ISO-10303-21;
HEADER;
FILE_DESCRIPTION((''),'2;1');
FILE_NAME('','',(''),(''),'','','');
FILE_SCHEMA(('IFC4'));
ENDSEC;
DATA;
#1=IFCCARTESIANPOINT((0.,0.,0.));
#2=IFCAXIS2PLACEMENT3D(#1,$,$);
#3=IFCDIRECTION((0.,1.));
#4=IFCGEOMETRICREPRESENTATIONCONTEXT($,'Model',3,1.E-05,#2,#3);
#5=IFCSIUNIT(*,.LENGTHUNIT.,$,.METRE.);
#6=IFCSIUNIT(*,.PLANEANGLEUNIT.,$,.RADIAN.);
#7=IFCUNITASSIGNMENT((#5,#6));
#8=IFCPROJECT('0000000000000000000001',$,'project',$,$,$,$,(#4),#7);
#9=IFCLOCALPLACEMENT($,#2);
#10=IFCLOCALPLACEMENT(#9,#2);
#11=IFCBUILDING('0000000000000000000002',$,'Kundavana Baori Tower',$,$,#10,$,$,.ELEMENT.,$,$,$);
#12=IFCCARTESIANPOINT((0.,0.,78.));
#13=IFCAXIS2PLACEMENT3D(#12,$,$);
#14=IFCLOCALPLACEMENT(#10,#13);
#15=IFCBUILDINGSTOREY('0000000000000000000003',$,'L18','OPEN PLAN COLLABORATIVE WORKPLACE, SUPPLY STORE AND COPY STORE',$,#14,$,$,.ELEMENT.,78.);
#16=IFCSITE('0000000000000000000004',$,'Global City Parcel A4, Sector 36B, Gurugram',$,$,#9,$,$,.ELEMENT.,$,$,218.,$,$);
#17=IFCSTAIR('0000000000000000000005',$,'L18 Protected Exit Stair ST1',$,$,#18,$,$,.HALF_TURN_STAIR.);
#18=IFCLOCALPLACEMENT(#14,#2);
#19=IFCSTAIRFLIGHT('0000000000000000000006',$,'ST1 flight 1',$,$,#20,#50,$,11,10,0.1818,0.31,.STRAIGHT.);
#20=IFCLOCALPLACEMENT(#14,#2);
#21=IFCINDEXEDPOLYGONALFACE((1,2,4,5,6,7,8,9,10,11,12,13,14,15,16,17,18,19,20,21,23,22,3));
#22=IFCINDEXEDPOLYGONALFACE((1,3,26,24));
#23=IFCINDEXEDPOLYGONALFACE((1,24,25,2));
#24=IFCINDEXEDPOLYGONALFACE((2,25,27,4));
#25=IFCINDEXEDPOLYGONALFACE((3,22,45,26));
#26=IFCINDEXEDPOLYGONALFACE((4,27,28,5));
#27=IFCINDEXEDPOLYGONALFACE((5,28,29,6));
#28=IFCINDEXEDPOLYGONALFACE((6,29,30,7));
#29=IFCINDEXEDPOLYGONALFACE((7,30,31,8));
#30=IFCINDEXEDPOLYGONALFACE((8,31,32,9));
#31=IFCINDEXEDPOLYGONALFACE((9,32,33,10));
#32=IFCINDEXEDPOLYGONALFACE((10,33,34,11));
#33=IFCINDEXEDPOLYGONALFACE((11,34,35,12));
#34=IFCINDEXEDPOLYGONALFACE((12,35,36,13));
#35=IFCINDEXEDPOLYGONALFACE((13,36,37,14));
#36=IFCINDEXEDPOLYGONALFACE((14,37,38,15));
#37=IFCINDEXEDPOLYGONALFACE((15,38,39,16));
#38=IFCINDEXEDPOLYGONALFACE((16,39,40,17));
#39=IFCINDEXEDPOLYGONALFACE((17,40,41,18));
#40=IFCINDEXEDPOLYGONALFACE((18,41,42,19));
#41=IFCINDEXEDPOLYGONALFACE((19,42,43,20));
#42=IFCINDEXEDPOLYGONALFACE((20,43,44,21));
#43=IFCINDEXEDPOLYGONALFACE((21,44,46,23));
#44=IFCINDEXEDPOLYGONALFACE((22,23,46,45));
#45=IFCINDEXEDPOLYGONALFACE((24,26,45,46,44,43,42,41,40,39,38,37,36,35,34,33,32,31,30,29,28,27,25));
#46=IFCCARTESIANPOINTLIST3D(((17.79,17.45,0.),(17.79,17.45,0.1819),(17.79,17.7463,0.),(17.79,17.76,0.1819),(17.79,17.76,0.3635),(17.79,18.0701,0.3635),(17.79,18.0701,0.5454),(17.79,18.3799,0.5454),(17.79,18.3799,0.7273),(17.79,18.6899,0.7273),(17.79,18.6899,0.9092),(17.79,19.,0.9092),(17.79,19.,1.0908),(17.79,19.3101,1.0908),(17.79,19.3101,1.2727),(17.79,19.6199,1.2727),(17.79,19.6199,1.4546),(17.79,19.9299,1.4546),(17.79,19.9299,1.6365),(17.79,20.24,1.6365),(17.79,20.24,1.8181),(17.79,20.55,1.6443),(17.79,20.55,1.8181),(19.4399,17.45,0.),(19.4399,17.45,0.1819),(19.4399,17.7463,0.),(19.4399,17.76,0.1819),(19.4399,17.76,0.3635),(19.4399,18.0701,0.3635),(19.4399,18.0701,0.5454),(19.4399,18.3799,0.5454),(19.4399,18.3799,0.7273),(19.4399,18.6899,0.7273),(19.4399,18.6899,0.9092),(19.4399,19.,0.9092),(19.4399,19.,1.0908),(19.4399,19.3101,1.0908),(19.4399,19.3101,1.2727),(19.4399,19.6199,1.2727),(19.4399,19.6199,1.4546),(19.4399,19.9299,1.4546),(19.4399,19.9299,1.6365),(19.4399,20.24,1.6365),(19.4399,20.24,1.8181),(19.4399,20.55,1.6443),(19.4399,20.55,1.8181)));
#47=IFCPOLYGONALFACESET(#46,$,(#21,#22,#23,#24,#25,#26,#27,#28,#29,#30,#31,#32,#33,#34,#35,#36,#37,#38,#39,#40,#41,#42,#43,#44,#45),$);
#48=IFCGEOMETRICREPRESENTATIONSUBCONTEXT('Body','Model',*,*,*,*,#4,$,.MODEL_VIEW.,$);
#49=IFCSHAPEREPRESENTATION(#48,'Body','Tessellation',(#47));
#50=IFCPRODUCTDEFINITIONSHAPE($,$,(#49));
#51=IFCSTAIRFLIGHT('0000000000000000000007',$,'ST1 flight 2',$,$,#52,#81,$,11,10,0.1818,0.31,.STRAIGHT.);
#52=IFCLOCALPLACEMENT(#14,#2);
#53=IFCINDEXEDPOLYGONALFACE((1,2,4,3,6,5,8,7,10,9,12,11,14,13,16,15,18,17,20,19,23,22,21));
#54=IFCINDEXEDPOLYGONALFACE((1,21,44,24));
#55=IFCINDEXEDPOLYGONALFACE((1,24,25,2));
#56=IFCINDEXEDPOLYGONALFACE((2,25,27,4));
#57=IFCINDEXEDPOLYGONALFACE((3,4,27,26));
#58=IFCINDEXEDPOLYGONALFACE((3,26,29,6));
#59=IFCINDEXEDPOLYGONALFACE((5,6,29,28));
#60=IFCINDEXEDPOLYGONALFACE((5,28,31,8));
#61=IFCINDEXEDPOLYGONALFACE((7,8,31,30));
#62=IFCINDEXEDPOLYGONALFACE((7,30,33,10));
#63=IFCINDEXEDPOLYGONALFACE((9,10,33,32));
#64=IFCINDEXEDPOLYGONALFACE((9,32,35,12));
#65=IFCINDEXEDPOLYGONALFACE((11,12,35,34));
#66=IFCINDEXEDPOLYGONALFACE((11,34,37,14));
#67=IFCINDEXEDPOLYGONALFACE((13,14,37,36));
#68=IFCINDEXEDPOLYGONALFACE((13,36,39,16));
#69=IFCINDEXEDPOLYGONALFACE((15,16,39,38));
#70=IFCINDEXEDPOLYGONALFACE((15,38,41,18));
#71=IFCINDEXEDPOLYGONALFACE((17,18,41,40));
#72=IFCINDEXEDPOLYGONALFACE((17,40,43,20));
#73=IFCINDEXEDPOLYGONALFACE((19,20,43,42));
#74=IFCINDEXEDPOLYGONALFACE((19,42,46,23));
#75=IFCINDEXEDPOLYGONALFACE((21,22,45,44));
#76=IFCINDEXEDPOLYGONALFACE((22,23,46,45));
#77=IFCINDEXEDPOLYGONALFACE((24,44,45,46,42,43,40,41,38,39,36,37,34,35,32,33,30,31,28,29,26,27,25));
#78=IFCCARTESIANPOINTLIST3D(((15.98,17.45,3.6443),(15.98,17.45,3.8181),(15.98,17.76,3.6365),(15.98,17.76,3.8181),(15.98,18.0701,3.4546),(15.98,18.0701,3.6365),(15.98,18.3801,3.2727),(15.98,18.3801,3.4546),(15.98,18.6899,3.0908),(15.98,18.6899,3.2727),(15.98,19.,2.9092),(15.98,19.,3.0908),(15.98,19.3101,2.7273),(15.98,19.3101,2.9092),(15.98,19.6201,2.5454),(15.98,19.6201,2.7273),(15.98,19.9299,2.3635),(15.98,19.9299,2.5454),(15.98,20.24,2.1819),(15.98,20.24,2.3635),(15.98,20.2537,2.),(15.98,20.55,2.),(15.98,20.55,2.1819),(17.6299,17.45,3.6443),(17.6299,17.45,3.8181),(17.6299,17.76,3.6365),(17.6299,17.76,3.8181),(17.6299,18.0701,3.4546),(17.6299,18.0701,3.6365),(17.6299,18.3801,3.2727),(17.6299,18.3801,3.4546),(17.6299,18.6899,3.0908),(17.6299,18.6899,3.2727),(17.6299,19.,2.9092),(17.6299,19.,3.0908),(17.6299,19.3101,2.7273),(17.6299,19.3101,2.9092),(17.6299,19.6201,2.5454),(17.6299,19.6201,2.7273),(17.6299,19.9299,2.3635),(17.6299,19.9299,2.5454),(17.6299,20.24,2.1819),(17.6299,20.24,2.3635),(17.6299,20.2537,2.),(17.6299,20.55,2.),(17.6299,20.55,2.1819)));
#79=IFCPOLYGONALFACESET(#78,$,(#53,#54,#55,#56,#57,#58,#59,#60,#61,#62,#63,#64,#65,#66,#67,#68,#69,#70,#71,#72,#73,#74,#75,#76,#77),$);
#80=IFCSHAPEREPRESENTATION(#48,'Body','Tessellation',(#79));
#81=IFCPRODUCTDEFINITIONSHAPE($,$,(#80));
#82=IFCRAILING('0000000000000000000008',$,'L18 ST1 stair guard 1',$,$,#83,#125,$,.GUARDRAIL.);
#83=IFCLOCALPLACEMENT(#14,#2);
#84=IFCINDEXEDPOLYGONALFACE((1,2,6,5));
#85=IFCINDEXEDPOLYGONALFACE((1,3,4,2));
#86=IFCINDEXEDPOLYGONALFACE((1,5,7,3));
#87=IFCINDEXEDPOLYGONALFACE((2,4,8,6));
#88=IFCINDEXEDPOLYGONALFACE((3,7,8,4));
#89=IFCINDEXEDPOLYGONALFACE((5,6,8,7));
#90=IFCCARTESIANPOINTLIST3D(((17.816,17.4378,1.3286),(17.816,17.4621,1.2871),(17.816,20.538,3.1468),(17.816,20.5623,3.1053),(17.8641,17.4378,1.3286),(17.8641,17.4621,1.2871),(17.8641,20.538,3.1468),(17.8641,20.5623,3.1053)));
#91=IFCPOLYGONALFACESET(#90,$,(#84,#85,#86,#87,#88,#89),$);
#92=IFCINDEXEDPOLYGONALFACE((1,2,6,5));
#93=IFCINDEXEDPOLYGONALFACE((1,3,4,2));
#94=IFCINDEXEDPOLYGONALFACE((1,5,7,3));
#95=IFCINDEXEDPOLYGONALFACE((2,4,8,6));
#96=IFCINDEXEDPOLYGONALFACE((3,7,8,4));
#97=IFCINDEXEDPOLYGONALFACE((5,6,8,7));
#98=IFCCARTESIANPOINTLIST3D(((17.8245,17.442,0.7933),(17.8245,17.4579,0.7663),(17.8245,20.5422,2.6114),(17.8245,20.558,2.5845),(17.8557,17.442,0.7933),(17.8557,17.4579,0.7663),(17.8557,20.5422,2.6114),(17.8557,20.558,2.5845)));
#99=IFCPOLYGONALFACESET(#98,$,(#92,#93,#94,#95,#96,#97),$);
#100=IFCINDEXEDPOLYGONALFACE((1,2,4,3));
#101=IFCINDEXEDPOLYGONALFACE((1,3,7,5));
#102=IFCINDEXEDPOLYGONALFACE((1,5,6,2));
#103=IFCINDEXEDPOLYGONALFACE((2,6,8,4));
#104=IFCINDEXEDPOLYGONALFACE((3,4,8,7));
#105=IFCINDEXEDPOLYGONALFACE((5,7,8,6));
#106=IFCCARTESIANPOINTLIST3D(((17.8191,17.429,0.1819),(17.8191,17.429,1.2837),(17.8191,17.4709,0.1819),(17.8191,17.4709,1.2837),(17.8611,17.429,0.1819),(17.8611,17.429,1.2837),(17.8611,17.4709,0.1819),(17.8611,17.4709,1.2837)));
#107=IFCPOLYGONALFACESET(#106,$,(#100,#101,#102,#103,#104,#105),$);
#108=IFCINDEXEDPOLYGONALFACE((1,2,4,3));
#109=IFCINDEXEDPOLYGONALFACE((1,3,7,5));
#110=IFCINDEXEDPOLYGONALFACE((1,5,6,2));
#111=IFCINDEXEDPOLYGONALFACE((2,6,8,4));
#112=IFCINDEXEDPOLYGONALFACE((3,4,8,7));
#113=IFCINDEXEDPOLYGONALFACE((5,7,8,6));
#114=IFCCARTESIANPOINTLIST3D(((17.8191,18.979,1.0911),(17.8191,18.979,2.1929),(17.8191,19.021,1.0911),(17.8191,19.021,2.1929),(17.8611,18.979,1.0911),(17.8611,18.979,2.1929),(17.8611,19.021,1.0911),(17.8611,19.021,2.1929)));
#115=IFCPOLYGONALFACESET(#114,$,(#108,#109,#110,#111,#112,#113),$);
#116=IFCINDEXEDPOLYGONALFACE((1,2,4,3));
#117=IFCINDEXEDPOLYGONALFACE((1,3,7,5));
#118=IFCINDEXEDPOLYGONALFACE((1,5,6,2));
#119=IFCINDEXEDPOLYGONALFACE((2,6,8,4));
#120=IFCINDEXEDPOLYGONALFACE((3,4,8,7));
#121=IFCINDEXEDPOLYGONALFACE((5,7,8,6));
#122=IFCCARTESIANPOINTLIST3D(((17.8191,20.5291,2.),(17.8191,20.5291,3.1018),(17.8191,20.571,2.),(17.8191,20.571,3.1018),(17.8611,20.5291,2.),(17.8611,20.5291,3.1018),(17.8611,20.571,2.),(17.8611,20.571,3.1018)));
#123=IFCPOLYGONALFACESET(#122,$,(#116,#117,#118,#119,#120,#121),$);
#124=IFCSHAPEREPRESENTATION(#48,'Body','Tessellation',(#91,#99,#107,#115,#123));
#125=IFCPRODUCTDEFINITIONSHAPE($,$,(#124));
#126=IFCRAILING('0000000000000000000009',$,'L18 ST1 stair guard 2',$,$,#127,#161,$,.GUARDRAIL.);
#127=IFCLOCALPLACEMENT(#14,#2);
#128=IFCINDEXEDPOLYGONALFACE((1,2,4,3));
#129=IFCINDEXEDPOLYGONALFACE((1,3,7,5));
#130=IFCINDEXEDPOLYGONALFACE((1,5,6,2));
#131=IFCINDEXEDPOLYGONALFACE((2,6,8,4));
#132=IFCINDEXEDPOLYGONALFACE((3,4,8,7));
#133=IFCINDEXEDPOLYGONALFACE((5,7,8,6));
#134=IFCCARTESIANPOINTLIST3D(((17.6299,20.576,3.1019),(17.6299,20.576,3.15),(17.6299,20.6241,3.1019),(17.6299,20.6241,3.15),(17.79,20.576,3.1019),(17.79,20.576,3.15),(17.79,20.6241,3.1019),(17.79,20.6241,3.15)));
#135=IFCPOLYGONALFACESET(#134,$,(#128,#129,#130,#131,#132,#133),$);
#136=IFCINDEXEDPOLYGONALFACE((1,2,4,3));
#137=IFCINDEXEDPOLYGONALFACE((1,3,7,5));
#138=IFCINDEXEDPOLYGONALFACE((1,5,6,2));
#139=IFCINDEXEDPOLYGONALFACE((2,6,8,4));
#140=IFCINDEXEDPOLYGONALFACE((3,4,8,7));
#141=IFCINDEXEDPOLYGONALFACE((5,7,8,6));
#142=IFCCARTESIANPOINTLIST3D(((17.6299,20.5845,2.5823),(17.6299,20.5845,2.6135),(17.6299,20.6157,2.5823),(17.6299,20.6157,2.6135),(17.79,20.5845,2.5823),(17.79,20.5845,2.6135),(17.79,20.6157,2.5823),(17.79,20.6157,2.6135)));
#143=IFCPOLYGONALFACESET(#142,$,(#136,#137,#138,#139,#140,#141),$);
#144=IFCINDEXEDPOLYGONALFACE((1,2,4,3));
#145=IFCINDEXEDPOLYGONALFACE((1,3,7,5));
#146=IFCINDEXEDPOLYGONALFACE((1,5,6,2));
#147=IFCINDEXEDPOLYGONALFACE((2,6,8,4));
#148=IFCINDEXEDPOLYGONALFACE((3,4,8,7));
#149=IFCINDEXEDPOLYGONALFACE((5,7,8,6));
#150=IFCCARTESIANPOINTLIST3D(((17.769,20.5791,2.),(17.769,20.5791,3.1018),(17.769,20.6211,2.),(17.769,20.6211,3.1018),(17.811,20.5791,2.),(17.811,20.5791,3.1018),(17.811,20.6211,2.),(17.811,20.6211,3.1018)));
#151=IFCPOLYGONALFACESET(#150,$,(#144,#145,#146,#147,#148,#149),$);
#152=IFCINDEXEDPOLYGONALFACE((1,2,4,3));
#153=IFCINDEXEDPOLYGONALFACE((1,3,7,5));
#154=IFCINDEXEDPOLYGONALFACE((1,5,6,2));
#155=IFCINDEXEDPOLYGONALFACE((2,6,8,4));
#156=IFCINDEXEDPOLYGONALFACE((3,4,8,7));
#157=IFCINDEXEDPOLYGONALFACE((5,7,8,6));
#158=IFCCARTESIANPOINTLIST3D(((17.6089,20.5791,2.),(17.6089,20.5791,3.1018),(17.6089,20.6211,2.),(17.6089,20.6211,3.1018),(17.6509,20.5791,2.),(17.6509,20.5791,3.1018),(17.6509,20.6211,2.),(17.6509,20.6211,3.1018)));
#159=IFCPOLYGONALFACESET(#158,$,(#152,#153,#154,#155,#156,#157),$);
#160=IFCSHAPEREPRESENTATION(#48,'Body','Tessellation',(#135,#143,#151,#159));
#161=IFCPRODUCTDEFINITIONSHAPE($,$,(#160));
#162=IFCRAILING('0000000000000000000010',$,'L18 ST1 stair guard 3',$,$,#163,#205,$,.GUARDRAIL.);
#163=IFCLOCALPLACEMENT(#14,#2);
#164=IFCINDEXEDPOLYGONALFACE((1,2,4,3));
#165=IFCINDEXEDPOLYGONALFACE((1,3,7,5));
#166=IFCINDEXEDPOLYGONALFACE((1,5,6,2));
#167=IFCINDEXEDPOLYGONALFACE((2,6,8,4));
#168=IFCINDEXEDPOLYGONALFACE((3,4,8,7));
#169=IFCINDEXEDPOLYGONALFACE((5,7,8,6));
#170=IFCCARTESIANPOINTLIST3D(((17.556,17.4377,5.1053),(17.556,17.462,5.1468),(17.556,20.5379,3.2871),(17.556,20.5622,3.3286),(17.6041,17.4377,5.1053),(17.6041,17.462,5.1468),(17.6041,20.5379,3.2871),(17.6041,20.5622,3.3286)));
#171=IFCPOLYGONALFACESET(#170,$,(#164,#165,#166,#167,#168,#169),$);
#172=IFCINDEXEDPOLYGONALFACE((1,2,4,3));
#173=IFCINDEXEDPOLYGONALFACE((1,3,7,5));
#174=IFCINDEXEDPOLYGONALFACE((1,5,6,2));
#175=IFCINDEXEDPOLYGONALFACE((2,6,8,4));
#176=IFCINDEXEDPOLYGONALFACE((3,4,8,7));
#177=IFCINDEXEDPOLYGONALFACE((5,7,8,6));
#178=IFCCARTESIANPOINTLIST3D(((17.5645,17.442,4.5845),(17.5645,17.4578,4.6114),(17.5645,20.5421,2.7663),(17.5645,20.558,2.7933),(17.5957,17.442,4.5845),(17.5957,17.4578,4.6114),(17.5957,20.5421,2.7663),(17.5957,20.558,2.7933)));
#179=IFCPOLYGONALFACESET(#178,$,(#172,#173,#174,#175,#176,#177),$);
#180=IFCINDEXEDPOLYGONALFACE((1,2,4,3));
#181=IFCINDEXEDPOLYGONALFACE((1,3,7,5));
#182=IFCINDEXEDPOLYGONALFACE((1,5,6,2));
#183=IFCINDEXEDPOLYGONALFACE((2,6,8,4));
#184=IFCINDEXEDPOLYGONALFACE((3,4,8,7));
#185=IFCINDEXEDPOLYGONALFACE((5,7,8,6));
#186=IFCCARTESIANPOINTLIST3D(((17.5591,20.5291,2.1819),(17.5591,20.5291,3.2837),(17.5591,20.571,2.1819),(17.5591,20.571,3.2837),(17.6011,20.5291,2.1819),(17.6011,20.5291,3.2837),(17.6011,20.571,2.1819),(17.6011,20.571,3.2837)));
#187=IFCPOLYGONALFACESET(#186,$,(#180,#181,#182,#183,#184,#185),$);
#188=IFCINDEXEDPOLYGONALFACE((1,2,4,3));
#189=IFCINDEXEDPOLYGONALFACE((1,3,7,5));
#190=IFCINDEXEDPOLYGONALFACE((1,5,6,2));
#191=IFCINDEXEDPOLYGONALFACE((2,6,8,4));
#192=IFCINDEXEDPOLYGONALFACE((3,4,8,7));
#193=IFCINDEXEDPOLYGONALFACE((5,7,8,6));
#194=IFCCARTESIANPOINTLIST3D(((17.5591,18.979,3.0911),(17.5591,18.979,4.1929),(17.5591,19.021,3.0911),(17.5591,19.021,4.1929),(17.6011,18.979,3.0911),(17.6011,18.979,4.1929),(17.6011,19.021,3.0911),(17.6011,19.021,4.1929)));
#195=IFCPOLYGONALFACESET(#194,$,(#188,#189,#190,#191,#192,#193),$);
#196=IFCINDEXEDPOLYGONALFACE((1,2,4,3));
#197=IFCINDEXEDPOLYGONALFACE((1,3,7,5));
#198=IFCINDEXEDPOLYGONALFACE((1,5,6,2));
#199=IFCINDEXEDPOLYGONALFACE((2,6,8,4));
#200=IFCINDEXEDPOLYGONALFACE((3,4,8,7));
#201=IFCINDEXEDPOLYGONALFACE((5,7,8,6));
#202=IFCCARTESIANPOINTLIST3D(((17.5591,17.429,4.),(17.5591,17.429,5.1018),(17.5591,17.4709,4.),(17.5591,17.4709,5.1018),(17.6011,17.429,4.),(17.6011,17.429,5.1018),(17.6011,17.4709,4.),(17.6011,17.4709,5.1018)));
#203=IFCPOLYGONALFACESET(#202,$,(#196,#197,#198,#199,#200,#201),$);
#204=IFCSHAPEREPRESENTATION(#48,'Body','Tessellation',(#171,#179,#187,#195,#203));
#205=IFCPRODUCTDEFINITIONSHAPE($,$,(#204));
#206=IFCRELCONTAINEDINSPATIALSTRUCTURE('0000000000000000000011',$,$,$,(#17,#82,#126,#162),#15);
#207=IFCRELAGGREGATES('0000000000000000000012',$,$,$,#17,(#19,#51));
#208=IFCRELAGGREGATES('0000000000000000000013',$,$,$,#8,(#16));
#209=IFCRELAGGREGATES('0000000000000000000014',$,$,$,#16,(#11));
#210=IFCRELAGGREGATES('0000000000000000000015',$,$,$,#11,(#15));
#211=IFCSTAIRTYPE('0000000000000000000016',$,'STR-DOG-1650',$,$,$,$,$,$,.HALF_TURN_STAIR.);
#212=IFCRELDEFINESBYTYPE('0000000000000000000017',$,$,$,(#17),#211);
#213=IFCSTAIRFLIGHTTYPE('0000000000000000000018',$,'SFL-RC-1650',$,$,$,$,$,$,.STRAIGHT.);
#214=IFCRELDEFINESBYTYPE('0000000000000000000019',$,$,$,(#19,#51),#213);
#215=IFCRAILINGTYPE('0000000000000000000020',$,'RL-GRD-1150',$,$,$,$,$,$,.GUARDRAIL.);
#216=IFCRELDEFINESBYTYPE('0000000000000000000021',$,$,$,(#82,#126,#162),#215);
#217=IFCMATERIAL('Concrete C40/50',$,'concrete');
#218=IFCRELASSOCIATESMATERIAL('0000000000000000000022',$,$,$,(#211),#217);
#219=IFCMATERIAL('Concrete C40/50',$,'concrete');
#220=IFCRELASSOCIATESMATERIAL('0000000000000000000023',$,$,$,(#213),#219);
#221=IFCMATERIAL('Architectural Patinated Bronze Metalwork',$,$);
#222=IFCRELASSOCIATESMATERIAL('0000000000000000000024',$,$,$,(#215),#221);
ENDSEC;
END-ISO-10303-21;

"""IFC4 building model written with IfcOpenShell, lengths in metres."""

from ifc_helpers import new_model, si_unit, direction, frame, origin, origin_2d, place, context, subcontext, project, spatial, polyline, rectangle, outline, extrude, material, type_object, element, aggregate, save


model = new_model("IFC4")

# Units and contexts
model_context = context("Model", 3, precision=1e-05, world=origin(), true_north=direction((0.0, 1.0)))
body_context = subcontext(model_context, "Body", "Model", "MODEL_VIEW")
ifc_project = project(units=[si_unit("LENGTHUNIT", "METRE"), si_unit("PLANEANGLEUNIT", "RADIAN")], contexts=[model_context])

# Site, building, storey
site_placement = place(None, origin())
site = spatial("IfcSite", under=ifc_project, at=site_placement, Name="Global City Parcel A4, Sector 36B, Gurugram", CompositionType="ELEMENT", RefElevation=218.0)
building_placement = place(site_placement, origin())
building = spatial("IfcBuilding", under=site, at=building_placement, Name="Kundavana Baori Tower", CompositionType="ELEMENT")
storey_placement = place(building_placement, frame((0.0, 0.0, 78.0)))
storey = spatial("IfcBuildingStorey", under=building, at=storey_placement, Name="L18", Description="OPEN PLAN COLLABORATIVE WORKPLACE, SUPPLY STORE AND COPY STORE", CompositionType="ELEMENT", Elevation=78.0)

# Stair, stair flights
ifc_material_1 = material(Name="Concrete C40/50", Category="concrete")
stair_type = type_object("IfcStairType", Name="STR-DOG-1650", PredefinedType="HALF_TURN_STAIR", material=ifc_material_1)
stair_placement = place(storey_placement, origin())
stair = element("IfcStair", 1, at=stair_placement, inside=storey, type_object=stair_type, Name="L18 Protected Exit Stair ST1", PredefinedType="HALF_TURN_STAIR")
ifc_material_2 = material(Name="Concrete C40/50", Category="concrete")
stair_flight_type = type_object("IfcStairFlightType", Name="SFL-RC-1650", PredefinedType="STRAIGHT", material=ifc_material_2)
stair_flight_1_placement = place(storey_placement, frame((18.615, 17.45, 0.0), z_axis=(0.0, 0.0, 1.0), x_axis=(0.0, 1.0, 0.0)))
stair_flight_1 = element("IfcStairFlight", 2, at=stair_flight_1_placement, type_object=stair_flight_type, Name="ST1 flight 1", NumberOfRisers=11, NumberOfTreads=10, PredefinedType="STRAIGHT", RiserHeight=0.1818, TreadLength=0.31, context=body_context, shape_type="SweptSolid", body=[
    extrude(outline(polyline([(0.0, 0.0), (0.0, 0.1819), (0.3101, 0.1819), (0.3101, 0.3635), (0.6201, 0.3635), (0.6201, 0.5454), (0.9299, 0.5454), (0.9299, 0.7273), (1.24, 0.7273), (1.24, 0.9092), (1.55, 0.9092), (1.55, 1.0908), (1.8601, 1.0908), (1.8601, 1.2727), (2.1699, 1.2727), (2.1699, 1.4546), (2.48, 1.4546), (2.48, 1.6365), (2.79, 1.6365), (2.79, 1.8181), (3.1001, 1.8181), (3.1001, 2.0), (3.1001, 1.6443), (0.2964, 0.0), (0.0, 0.0)])), frame((0.0, 0.825, 0.0), z_axis=(0.0, -1.0, 0.0), x_axis=(1.0, 0.0, 0.0)), (0.0, 0.0, 1.0), 1.6499),
])
stair_flight_2_placement = place(storey_placement, frame((16.8049, 20.55, 2.0), z_axis=(0.0, 0.0, 1.0), x_axis=(0.0, -1.0, 0.0)))
stair_flight_2 = element("IfcStairFlight", 3, at=stair_flight_2_placement, type_object=stair_flight_type, Name="ST1 flight 2", NumberOfRisers=11, NumberOfTreads=10, PredefinedType="STRAIGHT", RiserHeight=0.1818, TreadLength=0.31, context=body_context, shape_type="SweptSolid", body=[
    extrude(outline(polyline([(0.0, 0.0), (0.0, 0.1819), (0.3101, 0.1819), (0.3101, 0.3635), (0.6201, 0.3635), (0.6201, 0.5454), (0.9299, 0.5454), (0.9299, 0.7273), (1.24, 0.7273), (1.24, 0.9092), (1.55, 0.9092), (1.55, 1.0908), (1.8601, 1.0908), (1.8601, 1.2727), (2.1699, 1.2727), (2.1699, 1.4546), (2.48, 1.4546), (2.48, 1.6365), (2.79, 1.6365), (2.79, 1.8181), (3.1001, 1.8181), (3.1001, 2.0), (3.1001, 1.6443), (0.2964, 0.0), (0.0, 0.0)])), frame((0.0, 0.825, 0.0), z_axis=(0.0, -1.0, 0.0), x_axis=(1.0, 0.0, 0.0)), (0.0, 0.0, 1.0), 1.6499),
])
aggregate(stair, [stair_flight_1, stair_flight_2])

# Railings
ifc_material_3 = material(Name="Architectural Patinated Bronze Metalwork")
railing_type_1 = type_object("IfcRailingType", Name="RL-GRD-1150", PredefinedType="GUARDRAIL", material=ifc_material_3)
railing_1_placement = place(storey_placement, frame((17.8401, 17.45, 0.1819)))
element("IfcRailing", 4, at=railing_1_placement, inside=storey, type_object=railing_type_1, Name="L18 ST1 stair guard 1", PredefinedType="GUARDRAIL", context=body_context, shape_type="SweptSolid", body=[
    extrude(rectangle(XDim=0.0481, YDim=0.0481, at=origin_2d()), frame((0.0, 0.0, 1.126), z_axis=(0.0, 0.862599, 0.505889), x_axis=(-1.0, 0.0, 0.0)), (0.0, 0.0, 1.0), 3.594),
    extrude(rectangle(XDim=0.0312, YDim=0.0312, at=origin_2d()), frame((0.0, 0.0, 0.5979), z_axis=(0.0, 0.862599, 0.505889), x_axis=(-1.0, 0.0, 0.0)), (0.0, 0.0, 1.0), 3.594),
    extrude(rectangle(XDim=0.042, YDim=0.042, at=origin_2d()), origin(), (0.0, 0.0, 1.0), 1.1018),
    extrude(rectangle(XDim=0.042, YDim=0.042, at=origin_2d()), frame((0.0, 1.55, 0.9092)), (0.0, 0.0, 1.0), 1.1018),
    extrude(rectangle(XDim=0.042, YDim=0.042, at=origin_2d()), frame((0.0, 3.1001, 1.8181)), (0.0, 0.0, 1.0), 1.1018),
])
railing_2_placement = place(storey_placement, frame((17.79, 20.6001, 2.0)))
element("IfcRailing", 5, at=railing_2_placement, inside=storey, type_object=railing_type_1, Name="L18 ST1 stair guard 2", PredefinedType="GUARDRAIL", context=body_context, shape_type="SweptSolid", body=[
    extrude(rectangle(XDim=0.0481, YDim=0.0481, at=origin_2d()), frame((0.0, 0.0, 1.126), z_axis=(-1.0, 0.0, 0.0), x_axis=(0.0, -1.0, 0.0)), (0.0, 0.0, 1.0), 0.1602),
    extrude(rectangle(XDim=0.0312, YDim=0.0312, at=origin_2d()), frame((0.0, 0.0, 0.5979), z_axis=(-1.0, 0.0, 0.0), x_axis=(0.0, -1.0, 0.0)), (0.0, 0.0, 1.0), 0.1602),
    extrude(rectangle(XDim=0.042, YDim=0.042, at=origin_2d()), origin(), (0.0, 0.0, 1.0), 1.1018),
    extrude(rectangle(XDim=0.042, YDim=0.042, at=origin_2d()), frame((-0.1602, 0.0, 0.0)), (0.0, 0.0, 1.0), 1.1018),
])
railing_3_placement = place(storey_placement, frame((17.5801, 20.55, 2.1819)))
element("IfcRailing", 6, at=railing_3_placement, inside=storey, type_object=railing_type_1, Name="L18 ST1 stair guard 3", PredefinedType="GUARDRAIL", context=body_context, shape_type="SweptSolid", body=[
    extrude(rectangle(XDim=0.0481, YDim=0.0481, at=origin_2d()), frame((0.0, 0.0, 1.126), z_axis=(0.0, -0.862599, 0.505889), x_axis=(1.0, 0.0, 0.0)), (0.0, 0.0, 1.0), 3.594),
    extrude(rectangle(XDim=0.0312, YDim=0.0312, at=origin_2d()), frame((0.0, 0.0, 0.5979), z_axis=(0.0, -0.862599, 0.505889), x_axis=(1.0, 0.0, 0.0)), (0.0, 0.0, 1.0), 3.594),
    extrude(rectangle(XDim=0.042, YDim=0.042, at=origin_2d()), origin(), (0.0, 0.0, 1.0), 1.1018),
    extrude(rectangle(XDim=0.042, YDim=0.042, at=origin_2d()), frame((0.0, -1.55, 0.9092)), (0.0, 0.0, 1.0), 1.1018),
    extrude(rectangle(XDim=0.042, YDim=0.042, at=origin_2d()), frame((0.0, -3.1001, 1.8181)), (0.0, 0.0, 1.0), 1.1018),
])

save(model, "model.ifc")
